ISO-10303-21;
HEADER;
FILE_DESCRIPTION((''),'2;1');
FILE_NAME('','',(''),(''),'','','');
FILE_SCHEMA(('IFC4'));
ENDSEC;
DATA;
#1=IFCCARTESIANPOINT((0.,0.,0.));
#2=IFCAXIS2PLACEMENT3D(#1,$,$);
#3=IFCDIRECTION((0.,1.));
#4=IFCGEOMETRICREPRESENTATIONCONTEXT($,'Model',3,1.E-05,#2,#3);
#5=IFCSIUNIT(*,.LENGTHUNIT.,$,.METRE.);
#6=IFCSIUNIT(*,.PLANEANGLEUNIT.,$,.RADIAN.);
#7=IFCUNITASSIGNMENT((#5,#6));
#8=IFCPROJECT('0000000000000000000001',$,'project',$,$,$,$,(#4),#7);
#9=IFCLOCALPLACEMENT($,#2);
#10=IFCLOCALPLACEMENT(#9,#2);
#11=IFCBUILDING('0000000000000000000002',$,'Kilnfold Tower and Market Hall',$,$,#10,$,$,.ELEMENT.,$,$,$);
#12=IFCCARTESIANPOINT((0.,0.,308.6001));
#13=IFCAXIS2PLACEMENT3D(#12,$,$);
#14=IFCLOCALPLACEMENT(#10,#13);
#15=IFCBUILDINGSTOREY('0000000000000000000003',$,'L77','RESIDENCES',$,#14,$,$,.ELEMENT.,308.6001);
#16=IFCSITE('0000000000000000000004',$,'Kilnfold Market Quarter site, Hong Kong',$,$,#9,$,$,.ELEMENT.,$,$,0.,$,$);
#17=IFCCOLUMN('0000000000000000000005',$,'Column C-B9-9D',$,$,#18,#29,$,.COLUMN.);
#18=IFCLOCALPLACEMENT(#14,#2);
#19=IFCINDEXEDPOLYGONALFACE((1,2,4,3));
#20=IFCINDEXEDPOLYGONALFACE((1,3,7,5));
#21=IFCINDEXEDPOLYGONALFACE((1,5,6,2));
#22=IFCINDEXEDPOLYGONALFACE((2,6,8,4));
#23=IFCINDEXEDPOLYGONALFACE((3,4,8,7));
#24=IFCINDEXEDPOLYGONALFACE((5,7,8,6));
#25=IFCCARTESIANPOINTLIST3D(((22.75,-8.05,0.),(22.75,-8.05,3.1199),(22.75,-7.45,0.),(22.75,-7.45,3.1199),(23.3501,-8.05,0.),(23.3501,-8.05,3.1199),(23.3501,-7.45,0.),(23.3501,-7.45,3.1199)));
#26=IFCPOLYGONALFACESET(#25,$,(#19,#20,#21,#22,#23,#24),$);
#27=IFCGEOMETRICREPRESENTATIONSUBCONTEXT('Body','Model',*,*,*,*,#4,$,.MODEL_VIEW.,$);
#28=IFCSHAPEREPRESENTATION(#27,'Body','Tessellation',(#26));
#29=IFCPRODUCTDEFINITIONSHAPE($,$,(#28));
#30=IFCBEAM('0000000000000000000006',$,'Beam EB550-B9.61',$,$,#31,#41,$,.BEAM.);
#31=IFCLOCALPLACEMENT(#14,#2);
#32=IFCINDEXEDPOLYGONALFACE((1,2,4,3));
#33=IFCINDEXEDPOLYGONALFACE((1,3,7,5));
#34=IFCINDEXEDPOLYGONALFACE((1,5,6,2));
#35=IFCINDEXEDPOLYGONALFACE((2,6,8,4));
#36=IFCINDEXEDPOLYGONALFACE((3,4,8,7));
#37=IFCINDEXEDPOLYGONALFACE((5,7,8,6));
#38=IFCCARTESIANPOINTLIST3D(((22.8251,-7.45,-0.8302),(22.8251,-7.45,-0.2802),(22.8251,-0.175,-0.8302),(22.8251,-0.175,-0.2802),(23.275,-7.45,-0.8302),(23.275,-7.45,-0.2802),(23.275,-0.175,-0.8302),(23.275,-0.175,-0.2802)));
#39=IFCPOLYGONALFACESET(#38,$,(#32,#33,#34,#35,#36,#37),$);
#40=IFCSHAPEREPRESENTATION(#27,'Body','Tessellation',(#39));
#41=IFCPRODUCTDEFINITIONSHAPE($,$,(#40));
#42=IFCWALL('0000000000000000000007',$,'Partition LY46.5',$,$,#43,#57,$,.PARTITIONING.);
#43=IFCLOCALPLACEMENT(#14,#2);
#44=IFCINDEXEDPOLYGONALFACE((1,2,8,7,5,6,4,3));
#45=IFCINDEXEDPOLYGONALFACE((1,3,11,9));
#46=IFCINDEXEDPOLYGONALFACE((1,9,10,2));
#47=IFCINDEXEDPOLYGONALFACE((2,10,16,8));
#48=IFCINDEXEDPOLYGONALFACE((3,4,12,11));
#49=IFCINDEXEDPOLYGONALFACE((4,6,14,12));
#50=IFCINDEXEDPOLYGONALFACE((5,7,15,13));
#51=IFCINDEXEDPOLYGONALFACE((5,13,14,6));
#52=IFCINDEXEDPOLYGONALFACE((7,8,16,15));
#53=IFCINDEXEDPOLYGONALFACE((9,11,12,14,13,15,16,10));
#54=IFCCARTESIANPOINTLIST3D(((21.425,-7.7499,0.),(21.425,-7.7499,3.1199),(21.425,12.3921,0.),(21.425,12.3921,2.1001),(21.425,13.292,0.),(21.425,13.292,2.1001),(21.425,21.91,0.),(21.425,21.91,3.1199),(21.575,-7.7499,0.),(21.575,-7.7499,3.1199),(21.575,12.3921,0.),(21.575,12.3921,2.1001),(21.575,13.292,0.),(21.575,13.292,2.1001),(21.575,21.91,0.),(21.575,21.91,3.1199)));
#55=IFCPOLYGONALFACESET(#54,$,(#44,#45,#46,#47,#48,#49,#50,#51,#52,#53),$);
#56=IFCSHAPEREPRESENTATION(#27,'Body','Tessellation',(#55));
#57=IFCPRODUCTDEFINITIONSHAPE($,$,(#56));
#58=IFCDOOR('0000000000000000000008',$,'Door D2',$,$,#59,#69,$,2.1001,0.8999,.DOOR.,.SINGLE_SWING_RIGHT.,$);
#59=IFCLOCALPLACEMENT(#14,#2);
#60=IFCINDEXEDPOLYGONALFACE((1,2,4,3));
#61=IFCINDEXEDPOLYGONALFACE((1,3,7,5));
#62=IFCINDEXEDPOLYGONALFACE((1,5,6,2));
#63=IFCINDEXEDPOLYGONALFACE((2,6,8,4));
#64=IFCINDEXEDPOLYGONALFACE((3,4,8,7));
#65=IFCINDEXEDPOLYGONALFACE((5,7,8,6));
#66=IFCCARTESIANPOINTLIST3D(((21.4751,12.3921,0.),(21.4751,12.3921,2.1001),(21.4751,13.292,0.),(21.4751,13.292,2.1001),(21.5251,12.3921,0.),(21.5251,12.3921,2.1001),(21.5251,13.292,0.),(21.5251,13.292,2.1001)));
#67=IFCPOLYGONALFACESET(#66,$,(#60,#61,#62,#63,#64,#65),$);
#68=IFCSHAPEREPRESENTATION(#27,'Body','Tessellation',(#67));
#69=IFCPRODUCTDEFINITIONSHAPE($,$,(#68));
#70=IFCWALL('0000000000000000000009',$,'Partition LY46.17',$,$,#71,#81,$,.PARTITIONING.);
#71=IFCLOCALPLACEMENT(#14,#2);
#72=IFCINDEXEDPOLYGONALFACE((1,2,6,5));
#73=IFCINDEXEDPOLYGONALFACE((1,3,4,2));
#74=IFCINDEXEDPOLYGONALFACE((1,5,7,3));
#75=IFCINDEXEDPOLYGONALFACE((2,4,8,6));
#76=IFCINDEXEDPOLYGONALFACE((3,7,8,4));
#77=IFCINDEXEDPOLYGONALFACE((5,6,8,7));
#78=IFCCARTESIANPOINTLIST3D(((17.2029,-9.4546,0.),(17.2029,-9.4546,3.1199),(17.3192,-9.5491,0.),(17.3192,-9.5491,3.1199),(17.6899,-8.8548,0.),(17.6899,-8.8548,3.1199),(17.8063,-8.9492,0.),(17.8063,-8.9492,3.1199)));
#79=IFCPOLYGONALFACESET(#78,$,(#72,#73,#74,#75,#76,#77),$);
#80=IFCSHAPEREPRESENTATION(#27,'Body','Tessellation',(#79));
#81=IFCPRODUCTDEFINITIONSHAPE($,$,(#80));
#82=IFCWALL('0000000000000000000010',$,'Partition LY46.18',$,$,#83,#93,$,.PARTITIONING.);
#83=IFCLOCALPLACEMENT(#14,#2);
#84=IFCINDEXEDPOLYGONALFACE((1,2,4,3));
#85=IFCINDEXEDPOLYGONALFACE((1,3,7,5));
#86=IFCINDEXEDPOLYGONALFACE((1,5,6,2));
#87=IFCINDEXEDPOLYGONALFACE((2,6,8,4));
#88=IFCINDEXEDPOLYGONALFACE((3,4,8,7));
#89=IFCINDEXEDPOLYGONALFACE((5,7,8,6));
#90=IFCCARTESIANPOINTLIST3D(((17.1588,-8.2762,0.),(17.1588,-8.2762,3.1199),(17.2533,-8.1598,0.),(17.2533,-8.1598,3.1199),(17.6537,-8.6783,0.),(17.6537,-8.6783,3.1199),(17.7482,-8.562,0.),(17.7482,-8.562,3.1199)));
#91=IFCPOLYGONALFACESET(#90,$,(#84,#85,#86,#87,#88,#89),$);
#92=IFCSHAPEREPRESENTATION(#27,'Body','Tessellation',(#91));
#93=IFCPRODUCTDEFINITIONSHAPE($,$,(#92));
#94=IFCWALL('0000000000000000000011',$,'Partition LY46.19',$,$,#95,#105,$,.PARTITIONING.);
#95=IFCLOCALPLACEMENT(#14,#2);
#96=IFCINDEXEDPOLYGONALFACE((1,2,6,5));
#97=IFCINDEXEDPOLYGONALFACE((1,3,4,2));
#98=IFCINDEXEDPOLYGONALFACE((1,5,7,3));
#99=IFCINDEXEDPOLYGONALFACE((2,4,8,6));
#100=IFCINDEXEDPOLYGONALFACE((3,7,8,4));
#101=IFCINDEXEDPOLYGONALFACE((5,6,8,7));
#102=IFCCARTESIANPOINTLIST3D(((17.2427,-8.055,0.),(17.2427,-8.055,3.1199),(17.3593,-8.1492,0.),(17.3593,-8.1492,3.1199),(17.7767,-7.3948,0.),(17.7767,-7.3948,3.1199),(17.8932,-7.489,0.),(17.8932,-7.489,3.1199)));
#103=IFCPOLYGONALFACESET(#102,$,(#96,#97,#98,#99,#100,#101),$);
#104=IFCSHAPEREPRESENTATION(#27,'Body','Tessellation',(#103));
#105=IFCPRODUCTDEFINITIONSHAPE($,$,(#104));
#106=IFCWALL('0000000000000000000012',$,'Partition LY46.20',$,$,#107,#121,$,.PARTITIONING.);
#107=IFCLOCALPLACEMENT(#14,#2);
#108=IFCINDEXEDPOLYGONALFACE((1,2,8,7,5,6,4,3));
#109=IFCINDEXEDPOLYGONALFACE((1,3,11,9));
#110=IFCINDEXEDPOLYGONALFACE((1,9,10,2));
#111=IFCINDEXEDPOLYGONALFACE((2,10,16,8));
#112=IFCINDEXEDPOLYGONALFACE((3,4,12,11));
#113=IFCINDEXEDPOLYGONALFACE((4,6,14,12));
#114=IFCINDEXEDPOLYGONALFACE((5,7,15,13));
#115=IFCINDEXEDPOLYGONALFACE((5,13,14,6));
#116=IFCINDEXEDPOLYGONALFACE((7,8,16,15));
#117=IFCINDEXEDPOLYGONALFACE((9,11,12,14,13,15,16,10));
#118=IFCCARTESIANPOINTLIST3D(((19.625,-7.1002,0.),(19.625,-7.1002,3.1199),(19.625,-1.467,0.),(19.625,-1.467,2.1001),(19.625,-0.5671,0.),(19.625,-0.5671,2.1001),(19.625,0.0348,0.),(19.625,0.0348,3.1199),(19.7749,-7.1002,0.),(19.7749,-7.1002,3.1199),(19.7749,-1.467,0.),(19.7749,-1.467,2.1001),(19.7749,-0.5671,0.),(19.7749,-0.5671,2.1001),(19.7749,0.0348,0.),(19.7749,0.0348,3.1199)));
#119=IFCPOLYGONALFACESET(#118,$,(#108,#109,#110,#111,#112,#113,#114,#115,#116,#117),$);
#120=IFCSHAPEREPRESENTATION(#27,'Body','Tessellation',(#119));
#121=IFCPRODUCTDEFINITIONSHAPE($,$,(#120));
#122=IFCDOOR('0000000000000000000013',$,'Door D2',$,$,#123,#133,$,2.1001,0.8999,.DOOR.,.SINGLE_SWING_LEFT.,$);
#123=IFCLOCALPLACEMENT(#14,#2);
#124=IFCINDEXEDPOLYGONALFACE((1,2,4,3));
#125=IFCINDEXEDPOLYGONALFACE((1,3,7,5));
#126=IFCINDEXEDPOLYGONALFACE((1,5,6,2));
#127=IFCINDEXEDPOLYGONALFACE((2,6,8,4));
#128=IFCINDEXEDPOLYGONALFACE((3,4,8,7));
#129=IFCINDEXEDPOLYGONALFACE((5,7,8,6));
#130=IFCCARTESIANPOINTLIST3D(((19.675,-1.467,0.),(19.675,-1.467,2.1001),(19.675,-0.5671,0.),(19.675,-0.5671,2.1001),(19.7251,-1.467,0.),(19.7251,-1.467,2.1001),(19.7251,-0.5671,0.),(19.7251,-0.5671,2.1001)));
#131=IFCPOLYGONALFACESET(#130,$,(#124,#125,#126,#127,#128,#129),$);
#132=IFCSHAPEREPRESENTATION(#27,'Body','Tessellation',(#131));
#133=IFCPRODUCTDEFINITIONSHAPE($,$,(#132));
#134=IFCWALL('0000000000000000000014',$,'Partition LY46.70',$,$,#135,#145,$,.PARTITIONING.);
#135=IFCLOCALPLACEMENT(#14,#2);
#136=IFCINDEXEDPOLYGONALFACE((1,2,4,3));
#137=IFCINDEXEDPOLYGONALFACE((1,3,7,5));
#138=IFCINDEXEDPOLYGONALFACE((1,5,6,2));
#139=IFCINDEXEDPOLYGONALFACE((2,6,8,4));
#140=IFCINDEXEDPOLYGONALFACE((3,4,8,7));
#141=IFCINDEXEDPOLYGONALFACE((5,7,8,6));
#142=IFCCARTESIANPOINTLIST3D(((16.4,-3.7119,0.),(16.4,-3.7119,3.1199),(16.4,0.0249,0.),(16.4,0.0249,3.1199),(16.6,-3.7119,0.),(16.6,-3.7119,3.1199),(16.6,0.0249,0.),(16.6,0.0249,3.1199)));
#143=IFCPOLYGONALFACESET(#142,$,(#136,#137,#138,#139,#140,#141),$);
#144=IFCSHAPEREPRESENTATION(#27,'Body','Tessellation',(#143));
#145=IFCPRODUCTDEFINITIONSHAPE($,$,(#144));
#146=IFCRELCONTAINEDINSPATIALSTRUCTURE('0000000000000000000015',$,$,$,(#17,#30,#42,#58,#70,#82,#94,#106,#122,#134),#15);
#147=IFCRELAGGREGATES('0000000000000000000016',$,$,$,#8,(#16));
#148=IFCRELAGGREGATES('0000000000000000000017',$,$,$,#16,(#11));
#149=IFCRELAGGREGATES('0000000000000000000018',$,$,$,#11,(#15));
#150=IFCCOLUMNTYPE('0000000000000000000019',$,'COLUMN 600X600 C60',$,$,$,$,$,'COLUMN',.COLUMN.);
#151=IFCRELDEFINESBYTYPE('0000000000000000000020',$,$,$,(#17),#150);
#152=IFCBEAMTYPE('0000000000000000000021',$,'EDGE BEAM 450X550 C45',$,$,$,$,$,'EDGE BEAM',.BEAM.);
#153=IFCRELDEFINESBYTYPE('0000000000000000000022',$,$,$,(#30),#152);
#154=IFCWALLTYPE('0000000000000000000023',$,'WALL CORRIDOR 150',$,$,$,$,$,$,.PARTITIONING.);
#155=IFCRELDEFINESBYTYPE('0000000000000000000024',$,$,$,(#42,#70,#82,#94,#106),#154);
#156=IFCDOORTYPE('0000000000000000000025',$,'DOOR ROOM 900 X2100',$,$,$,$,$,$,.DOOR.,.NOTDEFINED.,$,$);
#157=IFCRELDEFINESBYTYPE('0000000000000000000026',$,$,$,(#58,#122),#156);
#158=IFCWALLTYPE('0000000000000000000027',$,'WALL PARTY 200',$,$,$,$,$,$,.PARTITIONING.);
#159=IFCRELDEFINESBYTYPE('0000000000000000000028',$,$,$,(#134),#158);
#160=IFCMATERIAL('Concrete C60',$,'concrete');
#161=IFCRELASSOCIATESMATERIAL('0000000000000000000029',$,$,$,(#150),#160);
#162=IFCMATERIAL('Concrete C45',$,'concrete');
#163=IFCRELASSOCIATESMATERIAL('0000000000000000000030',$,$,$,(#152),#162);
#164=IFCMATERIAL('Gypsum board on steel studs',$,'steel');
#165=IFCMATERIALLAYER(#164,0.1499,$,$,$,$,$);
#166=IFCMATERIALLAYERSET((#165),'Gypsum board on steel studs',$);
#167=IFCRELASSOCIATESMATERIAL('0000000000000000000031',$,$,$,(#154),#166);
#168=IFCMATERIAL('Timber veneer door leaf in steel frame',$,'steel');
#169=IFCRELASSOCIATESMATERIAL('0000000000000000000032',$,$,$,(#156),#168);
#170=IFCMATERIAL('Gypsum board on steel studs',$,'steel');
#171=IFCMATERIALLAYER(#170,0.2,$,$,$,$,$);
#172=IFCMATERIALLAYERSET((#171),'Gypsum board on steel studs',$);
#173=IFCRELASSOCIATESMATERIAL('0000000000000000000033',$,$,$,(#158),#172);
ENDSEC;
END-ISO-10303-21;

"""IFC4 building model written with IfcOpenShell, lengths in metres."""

from ifc_helpers import new_model, si_unit, direction, frame, frame_2d, origin, origin_2d, place, context, subcontext, project, spatial, rectangle, extrude, source, transform, mapped, material, layer, layer_set, material_profile, profile_set, type_object, element, fill, save


model = new_model("IFC4")

# Units and contexts
model_context = context("Model", 3, precision=1e-05, world=origin(), true_north=direction((0.0, 1.0)))
body_context = subcontext(model_context, "Body", "Model", "MODEL_VIEW")
ifc_project = project(units=[si_unit("LENGTHUNIT", "METRE"), si_unit("PLANEANGLEUNIT", "RADIAN")], contexts=[model_context])

# Site, building, storey
site_placement = place(None, origin())
site = spatial("IfcSite", under=ifc_project, at=site_placement, Name="Kilnfold Market Quarter site, Hong Kong", CompositionType="ELEMENT", RefElevation=0.0)
building_placement = place(site_placement, origin())
building = spatial("IfcBuilding", under=site, at=building_placement, Name="Kilnfold Tower and Market Hall", CompositionType="ELEMENT")
storey_placement = place(building_placement, frame((0.0, 0.0, 308.6001)))
storey = spatial("IfcBuildingStorey", under=building, at=storey_placement, Name="L77", Description="RESIDENCES", CompositionType="ELEMENT", Elevation=308.6001)

# Column
ifc_material_1 = material(Name="Concrete C60", Category="concrete")
ifc_material_profile_1 = material_profile(ifc_material_1, rectangle(XDim=0.6001, YDim=0.6001, at=origin_2d()), Name="RC 600x600")
ifc_profile_set_1 = profile_set([ifc_material_profile_1], Name="Concrete C60")
column_type = type_object("IfcColumnType", Name="COLUMN 600X600 C60", ElementType="COLUMN", PredefinedType="COLUMN", material=ifc_profile_set_1)
shared_shape_1 = source(origin(), body_context, "Body", "SweptSolid", [
    extrude(rectangle(XDim=0.6001, YDim=0.6001, at=origin_2d()), origin(), (0.0, 0.0, 1.0), 3.1199),
])
column_placement = place(storey_placement, frame((23.05, -7.75, 0.0), z_axis=(0.0, 0.0, 1.0), x_axis=(1.0, 0.0, 0.0)))
element("IfcColumn", 1, at=column_placement, inside=storey, type_object=column_type, Name="Column C-B9-9D", PredefinedType="COLUMN", context=body_context, shape_type="MappedRepresentation", body=[
    mapped(shared_shape_1, transform((0.0, 0.0, 0.0))),
])

# Beam
ifc_material_2 = material(Name="Concrete C45", Category="concrete")
ifc_material_profile_2 = material_profile(ifc_material_2, rectangle(XDim=0.45, YDim=0.55, at=origin_2d()), Name="RC 450x550")
ifc_profile_set_2 = profile_set([ifc_material_profile_2], Name="Concrete C45")
beam_type = type_object("IfcBeamType", Name="EDGE BEAM 450X550 C45", ElementType="EDGE BEAM", PredefinedType="BEAM", material=ifc_profile_set_2)
shared_shape_2 = source(origin(), body_context, "Body", "SweptSolid", [
    extrude(rectangle(XDim=0.45, YDim=0.55, at=origin_2d()), origin(), (0.0, 0.0, 1.0), 7.2749),
])
beam_placement = place(storey_placement, frame((23.05, -7.45, -0.5552), z_axis=(0.0, 1.0, 0.0), x_axis=(-1.0, 0.0, 0.0)))
element("IfcBeam", 2, at=beam_placement, inside=storey, type_object=beam_type, Name="Beam EB550-B9.61", PredefinedType="BEAM", context=body_context, shape_type="MappedRepresentation", body=[
    mapped(shared_shape_2, transform((0.0, 0.0, 0.0))),
])

# Wall, opening, door
ifc_material_3 = material(Name="Gypsum board on steel studs", Category="steel")
ifc_layer_1 = layer(ifc_material_3, 0.1499)
ifc_layer_set_1 = layer_set([ifc_layer_1], Name="Gypsum board on steel studs")
wall_type_1 = type_object("IfcWallType", Name="WALL CORRIDOR 150", PredefinedType="PARTITIONING", material=ifc_layer_set_1)
wall_1_placement = place(storey_placement, frame((21.5, -7.75, 0.0), z_axis=(0.0, 0.0, 1.0), x_axis=(0.0, 1.0, 0.0)))
wall_1 = element("IfcWall", 3, at=wall_1_placement, inside=storey, type_object=wall_type_1, Name="Partition LY46.5", PredefinedType="PARTITIONING", context=body_context, shape_type="SweptSolid", body=[
    extrude(rectangle(XDim=29.6599, YDim=0.1499, at=frame_2d((14.8301, 0.0))), origin(), (0.0, 0.0, 1.0), 3.1199),
])
opening_1_placement = place(wall_1_placement, frame((20.1421, 0.0, 0.0)))
opening_1 = element("IfcOpeningElement", 4, at=opening_1_placement, cuts=wall_1, PredefinedType="OPENING", context=body_context, shape_type="SweptSolid", body=[
    extrude(rectangle(XDim=0.8999, YDim=2.1001, at=frame_2d((0.45, 1.05))), frame((0.0, 0.085, 0.0), z_axis=(0.0, -1.0, 0.0), x_axis=(1.0, 0.0, 0.0)), (0.0, 0.0, 1.0), 0.1699),
])
ifc_material_4 = material(Name="Timber veneer door leaf in steel frame", Category="steel")
door_type_1 = type_object("IfcDoorType", Name="DOOR ROOM 900 X2100", OperationType="NOTDEFINED", PredefinedType="DOOR", material=ifc_material_4)
door_1_placement = place(opening_1_placement, origin())
door_1 = element("IfcDoor", 5, at=door_1_placement, inside=storey, type_object=door_type_1, Name="Door D2", OperationType="SINGLE_SWING_RIGHT", OverallHeight=2.1001, OverallWidth=0.8999, PredefinedType="DOOR", context=body_context, shape_type="SweptSolid", body=[
    extrude(rectangle(XDim=0.8999, YDim=2.1001, at=frame_2d((0.45, 1.05))), frame((0.0, 0.0249, 0.0), z_axis=(0.0, -1.0, 0.0), x_axis=(1.0, 0.0, 0.0)), (0.0, 0.0, 1.0), 0.05),
])
fill(opening_1, door_1)

# Walls
wall_2_placement = place(storey_placement, frame((17.748, -8.9021, 0.0), z_axis=(0.0, 0.0, 1.0), x_axis=(-0.630343, -0.776317, 0.0)))
element("IfcWall", 6, at=wall_2_placement, inside=storey, type_object=wall_type_1, Name="Partition LY46.17", PredefinedType="PARTITIONING", context=body_context, shape_type="SweptSolid", body=[
    extrude(rectangle(XDim=0.7727, YDim=0.1499, at=frame_2d((0.3862, 0.0))), origin(), (0.0, 0.0, 1.0), 3.1199),
])
wall_3_placement = place(storey_placement, frame((17.2061, -8.218, 0.0), z_axis=(0.0, 0.0, 1.0), x_axis=(0.776102, -0.630607, 0.0)))
element("IfcWall", 7, at=wall_3_placement, inside=storey, type_object=wall_type_1, Name="Partition LY46.18", PredefinedType="PARTITIONING", context=body_context, shape_type="SweptSolid", body=[
    extrude(rectangle(XDim=0.6377, YDim=0.1499, at=frame_2d((0.3188, 0.0))), origin(), (0.0, 0.0, 1.0), 3.1199),
])
wall_4_placement = place(storey_placement, frame((17.835, -7.4419, 0.0), z_axis=(0.0, 0.0, 1.0), x_axis=(-0.628859, -0.777519, 0.0)))
element("IfcWall", 8, at=wall_4_placement, inside=storey, type_object=wall_type_1, Name="Partition LY46.19", PredefinedType="PARTITIONING", context=body_context, shape_type="SweptSolid", body=[
    extrude(rectangle(XDim=0.8491, YDim=0.1499, at=frame_2d((0.4246, 0.0))), origin(), (0.0, 0.0, 1.0), 3.1199),
])

# Wall, opening, door
wall_5_placement = place(storey_placement, frame((19.7, -7.1001, 0.0), z_axis=(0.0, 0.0, 1.0), x_axis=(0.0, 1.0, 0.0)))
wall_5 = element("IfcWall", 9, at=wall_5_placement, inside=storey, type_object=wall_type_1, Name="Partition LY46.20", PredefinedType="PARTITIONING", context=body_context, shape_type="SweptSolid", body=[
    extrude(rectangle(XDim=7.135, YDim=0.1499, at=frame_2d((3.5674, 0.0))), origin(), (0.0, 0.0, 1.0), 3.1199),
])
opening_2_placement = place(wall_5_placement, frame((5.6331, 0.0, 0.0)))
opening_2 = element("IfcOpeningElement", 10, at=opening_2_placement, cuts=wall_5, PredefinedType="OPENING", context=body_context, shape_type="SweptSolid", body=[
    extrude(rectangle(XDim=0.8999, YDim=2.1001, at=frame_2d((0.45, 1.05))), frame((0.0, 0.085, 0.0), z_axis=(0.0, -1.0, 0.0), x_axis=(1.0, 0.0, 0.0)), (0.0, 0.0, 1.0), 0.1699),
])
door_2_placement = place(opening_2_placement, origin())
door_2 = element("IfcDoor", 11, at=door_2_placement, inside=storey, type_object=door_type_1, Name="Door D2", OperationType="SINGLE_SWING_LEFT", OverallHeight=2.1001, OverallWidth=0.8999, PredefinedType="DOOR", context=body_context, shape_type="SweptSolid", body=[
    extrude(rectangle(XDim=0.8999, YDim=2.1001, at=frame_2d((0.45, 1.05))), frame((0.0, 0.0249, 0.0), z_axis=(0.0, -1.0, 0.0), x_axis=(1.0, 0.0, 0.0)), (0.0, 0.0, 1.0), 0.05),
])
fill(opening_2, door_2)

# Wall
ifc_material_5 = material(Name="Gypsum board on steel studs", Category="steel")
ifc_layer_2 = layer(ifc_material_5, 0.2)
ifc_layer_set_2 = layer_set([ifc_layer_2], Name="Gypsum board on steel studs")
wall_type_2 = type_object("IfcWallType", Name="WALL PARTY 200", PredefinedType="PARTITIONING", material=ifc_layer_set_2)
wall_6_placement = place(storey_placement, frame((16.5, -3.7119, 0.0), z_axis=(0.0, 0.0, 1.0), x_axis=(0.0, 1.0, 0.0)))
element("IfcWall", 12, at=wall_6_placement, inside=storey, type_object=wall_type_2, Name="Partition LY46.70", PredefinedType="PARTITIONING", context=body_context, shape_type="SweptSolid", body=[
    extrude(rectangle(XDim=3.7368, YDim=0.2, at=frame_2d((1.8684, 0.0))), origin(), (0.0, 0.0, 1.0), 3.1199),
])

save(model, "model.ifc")
